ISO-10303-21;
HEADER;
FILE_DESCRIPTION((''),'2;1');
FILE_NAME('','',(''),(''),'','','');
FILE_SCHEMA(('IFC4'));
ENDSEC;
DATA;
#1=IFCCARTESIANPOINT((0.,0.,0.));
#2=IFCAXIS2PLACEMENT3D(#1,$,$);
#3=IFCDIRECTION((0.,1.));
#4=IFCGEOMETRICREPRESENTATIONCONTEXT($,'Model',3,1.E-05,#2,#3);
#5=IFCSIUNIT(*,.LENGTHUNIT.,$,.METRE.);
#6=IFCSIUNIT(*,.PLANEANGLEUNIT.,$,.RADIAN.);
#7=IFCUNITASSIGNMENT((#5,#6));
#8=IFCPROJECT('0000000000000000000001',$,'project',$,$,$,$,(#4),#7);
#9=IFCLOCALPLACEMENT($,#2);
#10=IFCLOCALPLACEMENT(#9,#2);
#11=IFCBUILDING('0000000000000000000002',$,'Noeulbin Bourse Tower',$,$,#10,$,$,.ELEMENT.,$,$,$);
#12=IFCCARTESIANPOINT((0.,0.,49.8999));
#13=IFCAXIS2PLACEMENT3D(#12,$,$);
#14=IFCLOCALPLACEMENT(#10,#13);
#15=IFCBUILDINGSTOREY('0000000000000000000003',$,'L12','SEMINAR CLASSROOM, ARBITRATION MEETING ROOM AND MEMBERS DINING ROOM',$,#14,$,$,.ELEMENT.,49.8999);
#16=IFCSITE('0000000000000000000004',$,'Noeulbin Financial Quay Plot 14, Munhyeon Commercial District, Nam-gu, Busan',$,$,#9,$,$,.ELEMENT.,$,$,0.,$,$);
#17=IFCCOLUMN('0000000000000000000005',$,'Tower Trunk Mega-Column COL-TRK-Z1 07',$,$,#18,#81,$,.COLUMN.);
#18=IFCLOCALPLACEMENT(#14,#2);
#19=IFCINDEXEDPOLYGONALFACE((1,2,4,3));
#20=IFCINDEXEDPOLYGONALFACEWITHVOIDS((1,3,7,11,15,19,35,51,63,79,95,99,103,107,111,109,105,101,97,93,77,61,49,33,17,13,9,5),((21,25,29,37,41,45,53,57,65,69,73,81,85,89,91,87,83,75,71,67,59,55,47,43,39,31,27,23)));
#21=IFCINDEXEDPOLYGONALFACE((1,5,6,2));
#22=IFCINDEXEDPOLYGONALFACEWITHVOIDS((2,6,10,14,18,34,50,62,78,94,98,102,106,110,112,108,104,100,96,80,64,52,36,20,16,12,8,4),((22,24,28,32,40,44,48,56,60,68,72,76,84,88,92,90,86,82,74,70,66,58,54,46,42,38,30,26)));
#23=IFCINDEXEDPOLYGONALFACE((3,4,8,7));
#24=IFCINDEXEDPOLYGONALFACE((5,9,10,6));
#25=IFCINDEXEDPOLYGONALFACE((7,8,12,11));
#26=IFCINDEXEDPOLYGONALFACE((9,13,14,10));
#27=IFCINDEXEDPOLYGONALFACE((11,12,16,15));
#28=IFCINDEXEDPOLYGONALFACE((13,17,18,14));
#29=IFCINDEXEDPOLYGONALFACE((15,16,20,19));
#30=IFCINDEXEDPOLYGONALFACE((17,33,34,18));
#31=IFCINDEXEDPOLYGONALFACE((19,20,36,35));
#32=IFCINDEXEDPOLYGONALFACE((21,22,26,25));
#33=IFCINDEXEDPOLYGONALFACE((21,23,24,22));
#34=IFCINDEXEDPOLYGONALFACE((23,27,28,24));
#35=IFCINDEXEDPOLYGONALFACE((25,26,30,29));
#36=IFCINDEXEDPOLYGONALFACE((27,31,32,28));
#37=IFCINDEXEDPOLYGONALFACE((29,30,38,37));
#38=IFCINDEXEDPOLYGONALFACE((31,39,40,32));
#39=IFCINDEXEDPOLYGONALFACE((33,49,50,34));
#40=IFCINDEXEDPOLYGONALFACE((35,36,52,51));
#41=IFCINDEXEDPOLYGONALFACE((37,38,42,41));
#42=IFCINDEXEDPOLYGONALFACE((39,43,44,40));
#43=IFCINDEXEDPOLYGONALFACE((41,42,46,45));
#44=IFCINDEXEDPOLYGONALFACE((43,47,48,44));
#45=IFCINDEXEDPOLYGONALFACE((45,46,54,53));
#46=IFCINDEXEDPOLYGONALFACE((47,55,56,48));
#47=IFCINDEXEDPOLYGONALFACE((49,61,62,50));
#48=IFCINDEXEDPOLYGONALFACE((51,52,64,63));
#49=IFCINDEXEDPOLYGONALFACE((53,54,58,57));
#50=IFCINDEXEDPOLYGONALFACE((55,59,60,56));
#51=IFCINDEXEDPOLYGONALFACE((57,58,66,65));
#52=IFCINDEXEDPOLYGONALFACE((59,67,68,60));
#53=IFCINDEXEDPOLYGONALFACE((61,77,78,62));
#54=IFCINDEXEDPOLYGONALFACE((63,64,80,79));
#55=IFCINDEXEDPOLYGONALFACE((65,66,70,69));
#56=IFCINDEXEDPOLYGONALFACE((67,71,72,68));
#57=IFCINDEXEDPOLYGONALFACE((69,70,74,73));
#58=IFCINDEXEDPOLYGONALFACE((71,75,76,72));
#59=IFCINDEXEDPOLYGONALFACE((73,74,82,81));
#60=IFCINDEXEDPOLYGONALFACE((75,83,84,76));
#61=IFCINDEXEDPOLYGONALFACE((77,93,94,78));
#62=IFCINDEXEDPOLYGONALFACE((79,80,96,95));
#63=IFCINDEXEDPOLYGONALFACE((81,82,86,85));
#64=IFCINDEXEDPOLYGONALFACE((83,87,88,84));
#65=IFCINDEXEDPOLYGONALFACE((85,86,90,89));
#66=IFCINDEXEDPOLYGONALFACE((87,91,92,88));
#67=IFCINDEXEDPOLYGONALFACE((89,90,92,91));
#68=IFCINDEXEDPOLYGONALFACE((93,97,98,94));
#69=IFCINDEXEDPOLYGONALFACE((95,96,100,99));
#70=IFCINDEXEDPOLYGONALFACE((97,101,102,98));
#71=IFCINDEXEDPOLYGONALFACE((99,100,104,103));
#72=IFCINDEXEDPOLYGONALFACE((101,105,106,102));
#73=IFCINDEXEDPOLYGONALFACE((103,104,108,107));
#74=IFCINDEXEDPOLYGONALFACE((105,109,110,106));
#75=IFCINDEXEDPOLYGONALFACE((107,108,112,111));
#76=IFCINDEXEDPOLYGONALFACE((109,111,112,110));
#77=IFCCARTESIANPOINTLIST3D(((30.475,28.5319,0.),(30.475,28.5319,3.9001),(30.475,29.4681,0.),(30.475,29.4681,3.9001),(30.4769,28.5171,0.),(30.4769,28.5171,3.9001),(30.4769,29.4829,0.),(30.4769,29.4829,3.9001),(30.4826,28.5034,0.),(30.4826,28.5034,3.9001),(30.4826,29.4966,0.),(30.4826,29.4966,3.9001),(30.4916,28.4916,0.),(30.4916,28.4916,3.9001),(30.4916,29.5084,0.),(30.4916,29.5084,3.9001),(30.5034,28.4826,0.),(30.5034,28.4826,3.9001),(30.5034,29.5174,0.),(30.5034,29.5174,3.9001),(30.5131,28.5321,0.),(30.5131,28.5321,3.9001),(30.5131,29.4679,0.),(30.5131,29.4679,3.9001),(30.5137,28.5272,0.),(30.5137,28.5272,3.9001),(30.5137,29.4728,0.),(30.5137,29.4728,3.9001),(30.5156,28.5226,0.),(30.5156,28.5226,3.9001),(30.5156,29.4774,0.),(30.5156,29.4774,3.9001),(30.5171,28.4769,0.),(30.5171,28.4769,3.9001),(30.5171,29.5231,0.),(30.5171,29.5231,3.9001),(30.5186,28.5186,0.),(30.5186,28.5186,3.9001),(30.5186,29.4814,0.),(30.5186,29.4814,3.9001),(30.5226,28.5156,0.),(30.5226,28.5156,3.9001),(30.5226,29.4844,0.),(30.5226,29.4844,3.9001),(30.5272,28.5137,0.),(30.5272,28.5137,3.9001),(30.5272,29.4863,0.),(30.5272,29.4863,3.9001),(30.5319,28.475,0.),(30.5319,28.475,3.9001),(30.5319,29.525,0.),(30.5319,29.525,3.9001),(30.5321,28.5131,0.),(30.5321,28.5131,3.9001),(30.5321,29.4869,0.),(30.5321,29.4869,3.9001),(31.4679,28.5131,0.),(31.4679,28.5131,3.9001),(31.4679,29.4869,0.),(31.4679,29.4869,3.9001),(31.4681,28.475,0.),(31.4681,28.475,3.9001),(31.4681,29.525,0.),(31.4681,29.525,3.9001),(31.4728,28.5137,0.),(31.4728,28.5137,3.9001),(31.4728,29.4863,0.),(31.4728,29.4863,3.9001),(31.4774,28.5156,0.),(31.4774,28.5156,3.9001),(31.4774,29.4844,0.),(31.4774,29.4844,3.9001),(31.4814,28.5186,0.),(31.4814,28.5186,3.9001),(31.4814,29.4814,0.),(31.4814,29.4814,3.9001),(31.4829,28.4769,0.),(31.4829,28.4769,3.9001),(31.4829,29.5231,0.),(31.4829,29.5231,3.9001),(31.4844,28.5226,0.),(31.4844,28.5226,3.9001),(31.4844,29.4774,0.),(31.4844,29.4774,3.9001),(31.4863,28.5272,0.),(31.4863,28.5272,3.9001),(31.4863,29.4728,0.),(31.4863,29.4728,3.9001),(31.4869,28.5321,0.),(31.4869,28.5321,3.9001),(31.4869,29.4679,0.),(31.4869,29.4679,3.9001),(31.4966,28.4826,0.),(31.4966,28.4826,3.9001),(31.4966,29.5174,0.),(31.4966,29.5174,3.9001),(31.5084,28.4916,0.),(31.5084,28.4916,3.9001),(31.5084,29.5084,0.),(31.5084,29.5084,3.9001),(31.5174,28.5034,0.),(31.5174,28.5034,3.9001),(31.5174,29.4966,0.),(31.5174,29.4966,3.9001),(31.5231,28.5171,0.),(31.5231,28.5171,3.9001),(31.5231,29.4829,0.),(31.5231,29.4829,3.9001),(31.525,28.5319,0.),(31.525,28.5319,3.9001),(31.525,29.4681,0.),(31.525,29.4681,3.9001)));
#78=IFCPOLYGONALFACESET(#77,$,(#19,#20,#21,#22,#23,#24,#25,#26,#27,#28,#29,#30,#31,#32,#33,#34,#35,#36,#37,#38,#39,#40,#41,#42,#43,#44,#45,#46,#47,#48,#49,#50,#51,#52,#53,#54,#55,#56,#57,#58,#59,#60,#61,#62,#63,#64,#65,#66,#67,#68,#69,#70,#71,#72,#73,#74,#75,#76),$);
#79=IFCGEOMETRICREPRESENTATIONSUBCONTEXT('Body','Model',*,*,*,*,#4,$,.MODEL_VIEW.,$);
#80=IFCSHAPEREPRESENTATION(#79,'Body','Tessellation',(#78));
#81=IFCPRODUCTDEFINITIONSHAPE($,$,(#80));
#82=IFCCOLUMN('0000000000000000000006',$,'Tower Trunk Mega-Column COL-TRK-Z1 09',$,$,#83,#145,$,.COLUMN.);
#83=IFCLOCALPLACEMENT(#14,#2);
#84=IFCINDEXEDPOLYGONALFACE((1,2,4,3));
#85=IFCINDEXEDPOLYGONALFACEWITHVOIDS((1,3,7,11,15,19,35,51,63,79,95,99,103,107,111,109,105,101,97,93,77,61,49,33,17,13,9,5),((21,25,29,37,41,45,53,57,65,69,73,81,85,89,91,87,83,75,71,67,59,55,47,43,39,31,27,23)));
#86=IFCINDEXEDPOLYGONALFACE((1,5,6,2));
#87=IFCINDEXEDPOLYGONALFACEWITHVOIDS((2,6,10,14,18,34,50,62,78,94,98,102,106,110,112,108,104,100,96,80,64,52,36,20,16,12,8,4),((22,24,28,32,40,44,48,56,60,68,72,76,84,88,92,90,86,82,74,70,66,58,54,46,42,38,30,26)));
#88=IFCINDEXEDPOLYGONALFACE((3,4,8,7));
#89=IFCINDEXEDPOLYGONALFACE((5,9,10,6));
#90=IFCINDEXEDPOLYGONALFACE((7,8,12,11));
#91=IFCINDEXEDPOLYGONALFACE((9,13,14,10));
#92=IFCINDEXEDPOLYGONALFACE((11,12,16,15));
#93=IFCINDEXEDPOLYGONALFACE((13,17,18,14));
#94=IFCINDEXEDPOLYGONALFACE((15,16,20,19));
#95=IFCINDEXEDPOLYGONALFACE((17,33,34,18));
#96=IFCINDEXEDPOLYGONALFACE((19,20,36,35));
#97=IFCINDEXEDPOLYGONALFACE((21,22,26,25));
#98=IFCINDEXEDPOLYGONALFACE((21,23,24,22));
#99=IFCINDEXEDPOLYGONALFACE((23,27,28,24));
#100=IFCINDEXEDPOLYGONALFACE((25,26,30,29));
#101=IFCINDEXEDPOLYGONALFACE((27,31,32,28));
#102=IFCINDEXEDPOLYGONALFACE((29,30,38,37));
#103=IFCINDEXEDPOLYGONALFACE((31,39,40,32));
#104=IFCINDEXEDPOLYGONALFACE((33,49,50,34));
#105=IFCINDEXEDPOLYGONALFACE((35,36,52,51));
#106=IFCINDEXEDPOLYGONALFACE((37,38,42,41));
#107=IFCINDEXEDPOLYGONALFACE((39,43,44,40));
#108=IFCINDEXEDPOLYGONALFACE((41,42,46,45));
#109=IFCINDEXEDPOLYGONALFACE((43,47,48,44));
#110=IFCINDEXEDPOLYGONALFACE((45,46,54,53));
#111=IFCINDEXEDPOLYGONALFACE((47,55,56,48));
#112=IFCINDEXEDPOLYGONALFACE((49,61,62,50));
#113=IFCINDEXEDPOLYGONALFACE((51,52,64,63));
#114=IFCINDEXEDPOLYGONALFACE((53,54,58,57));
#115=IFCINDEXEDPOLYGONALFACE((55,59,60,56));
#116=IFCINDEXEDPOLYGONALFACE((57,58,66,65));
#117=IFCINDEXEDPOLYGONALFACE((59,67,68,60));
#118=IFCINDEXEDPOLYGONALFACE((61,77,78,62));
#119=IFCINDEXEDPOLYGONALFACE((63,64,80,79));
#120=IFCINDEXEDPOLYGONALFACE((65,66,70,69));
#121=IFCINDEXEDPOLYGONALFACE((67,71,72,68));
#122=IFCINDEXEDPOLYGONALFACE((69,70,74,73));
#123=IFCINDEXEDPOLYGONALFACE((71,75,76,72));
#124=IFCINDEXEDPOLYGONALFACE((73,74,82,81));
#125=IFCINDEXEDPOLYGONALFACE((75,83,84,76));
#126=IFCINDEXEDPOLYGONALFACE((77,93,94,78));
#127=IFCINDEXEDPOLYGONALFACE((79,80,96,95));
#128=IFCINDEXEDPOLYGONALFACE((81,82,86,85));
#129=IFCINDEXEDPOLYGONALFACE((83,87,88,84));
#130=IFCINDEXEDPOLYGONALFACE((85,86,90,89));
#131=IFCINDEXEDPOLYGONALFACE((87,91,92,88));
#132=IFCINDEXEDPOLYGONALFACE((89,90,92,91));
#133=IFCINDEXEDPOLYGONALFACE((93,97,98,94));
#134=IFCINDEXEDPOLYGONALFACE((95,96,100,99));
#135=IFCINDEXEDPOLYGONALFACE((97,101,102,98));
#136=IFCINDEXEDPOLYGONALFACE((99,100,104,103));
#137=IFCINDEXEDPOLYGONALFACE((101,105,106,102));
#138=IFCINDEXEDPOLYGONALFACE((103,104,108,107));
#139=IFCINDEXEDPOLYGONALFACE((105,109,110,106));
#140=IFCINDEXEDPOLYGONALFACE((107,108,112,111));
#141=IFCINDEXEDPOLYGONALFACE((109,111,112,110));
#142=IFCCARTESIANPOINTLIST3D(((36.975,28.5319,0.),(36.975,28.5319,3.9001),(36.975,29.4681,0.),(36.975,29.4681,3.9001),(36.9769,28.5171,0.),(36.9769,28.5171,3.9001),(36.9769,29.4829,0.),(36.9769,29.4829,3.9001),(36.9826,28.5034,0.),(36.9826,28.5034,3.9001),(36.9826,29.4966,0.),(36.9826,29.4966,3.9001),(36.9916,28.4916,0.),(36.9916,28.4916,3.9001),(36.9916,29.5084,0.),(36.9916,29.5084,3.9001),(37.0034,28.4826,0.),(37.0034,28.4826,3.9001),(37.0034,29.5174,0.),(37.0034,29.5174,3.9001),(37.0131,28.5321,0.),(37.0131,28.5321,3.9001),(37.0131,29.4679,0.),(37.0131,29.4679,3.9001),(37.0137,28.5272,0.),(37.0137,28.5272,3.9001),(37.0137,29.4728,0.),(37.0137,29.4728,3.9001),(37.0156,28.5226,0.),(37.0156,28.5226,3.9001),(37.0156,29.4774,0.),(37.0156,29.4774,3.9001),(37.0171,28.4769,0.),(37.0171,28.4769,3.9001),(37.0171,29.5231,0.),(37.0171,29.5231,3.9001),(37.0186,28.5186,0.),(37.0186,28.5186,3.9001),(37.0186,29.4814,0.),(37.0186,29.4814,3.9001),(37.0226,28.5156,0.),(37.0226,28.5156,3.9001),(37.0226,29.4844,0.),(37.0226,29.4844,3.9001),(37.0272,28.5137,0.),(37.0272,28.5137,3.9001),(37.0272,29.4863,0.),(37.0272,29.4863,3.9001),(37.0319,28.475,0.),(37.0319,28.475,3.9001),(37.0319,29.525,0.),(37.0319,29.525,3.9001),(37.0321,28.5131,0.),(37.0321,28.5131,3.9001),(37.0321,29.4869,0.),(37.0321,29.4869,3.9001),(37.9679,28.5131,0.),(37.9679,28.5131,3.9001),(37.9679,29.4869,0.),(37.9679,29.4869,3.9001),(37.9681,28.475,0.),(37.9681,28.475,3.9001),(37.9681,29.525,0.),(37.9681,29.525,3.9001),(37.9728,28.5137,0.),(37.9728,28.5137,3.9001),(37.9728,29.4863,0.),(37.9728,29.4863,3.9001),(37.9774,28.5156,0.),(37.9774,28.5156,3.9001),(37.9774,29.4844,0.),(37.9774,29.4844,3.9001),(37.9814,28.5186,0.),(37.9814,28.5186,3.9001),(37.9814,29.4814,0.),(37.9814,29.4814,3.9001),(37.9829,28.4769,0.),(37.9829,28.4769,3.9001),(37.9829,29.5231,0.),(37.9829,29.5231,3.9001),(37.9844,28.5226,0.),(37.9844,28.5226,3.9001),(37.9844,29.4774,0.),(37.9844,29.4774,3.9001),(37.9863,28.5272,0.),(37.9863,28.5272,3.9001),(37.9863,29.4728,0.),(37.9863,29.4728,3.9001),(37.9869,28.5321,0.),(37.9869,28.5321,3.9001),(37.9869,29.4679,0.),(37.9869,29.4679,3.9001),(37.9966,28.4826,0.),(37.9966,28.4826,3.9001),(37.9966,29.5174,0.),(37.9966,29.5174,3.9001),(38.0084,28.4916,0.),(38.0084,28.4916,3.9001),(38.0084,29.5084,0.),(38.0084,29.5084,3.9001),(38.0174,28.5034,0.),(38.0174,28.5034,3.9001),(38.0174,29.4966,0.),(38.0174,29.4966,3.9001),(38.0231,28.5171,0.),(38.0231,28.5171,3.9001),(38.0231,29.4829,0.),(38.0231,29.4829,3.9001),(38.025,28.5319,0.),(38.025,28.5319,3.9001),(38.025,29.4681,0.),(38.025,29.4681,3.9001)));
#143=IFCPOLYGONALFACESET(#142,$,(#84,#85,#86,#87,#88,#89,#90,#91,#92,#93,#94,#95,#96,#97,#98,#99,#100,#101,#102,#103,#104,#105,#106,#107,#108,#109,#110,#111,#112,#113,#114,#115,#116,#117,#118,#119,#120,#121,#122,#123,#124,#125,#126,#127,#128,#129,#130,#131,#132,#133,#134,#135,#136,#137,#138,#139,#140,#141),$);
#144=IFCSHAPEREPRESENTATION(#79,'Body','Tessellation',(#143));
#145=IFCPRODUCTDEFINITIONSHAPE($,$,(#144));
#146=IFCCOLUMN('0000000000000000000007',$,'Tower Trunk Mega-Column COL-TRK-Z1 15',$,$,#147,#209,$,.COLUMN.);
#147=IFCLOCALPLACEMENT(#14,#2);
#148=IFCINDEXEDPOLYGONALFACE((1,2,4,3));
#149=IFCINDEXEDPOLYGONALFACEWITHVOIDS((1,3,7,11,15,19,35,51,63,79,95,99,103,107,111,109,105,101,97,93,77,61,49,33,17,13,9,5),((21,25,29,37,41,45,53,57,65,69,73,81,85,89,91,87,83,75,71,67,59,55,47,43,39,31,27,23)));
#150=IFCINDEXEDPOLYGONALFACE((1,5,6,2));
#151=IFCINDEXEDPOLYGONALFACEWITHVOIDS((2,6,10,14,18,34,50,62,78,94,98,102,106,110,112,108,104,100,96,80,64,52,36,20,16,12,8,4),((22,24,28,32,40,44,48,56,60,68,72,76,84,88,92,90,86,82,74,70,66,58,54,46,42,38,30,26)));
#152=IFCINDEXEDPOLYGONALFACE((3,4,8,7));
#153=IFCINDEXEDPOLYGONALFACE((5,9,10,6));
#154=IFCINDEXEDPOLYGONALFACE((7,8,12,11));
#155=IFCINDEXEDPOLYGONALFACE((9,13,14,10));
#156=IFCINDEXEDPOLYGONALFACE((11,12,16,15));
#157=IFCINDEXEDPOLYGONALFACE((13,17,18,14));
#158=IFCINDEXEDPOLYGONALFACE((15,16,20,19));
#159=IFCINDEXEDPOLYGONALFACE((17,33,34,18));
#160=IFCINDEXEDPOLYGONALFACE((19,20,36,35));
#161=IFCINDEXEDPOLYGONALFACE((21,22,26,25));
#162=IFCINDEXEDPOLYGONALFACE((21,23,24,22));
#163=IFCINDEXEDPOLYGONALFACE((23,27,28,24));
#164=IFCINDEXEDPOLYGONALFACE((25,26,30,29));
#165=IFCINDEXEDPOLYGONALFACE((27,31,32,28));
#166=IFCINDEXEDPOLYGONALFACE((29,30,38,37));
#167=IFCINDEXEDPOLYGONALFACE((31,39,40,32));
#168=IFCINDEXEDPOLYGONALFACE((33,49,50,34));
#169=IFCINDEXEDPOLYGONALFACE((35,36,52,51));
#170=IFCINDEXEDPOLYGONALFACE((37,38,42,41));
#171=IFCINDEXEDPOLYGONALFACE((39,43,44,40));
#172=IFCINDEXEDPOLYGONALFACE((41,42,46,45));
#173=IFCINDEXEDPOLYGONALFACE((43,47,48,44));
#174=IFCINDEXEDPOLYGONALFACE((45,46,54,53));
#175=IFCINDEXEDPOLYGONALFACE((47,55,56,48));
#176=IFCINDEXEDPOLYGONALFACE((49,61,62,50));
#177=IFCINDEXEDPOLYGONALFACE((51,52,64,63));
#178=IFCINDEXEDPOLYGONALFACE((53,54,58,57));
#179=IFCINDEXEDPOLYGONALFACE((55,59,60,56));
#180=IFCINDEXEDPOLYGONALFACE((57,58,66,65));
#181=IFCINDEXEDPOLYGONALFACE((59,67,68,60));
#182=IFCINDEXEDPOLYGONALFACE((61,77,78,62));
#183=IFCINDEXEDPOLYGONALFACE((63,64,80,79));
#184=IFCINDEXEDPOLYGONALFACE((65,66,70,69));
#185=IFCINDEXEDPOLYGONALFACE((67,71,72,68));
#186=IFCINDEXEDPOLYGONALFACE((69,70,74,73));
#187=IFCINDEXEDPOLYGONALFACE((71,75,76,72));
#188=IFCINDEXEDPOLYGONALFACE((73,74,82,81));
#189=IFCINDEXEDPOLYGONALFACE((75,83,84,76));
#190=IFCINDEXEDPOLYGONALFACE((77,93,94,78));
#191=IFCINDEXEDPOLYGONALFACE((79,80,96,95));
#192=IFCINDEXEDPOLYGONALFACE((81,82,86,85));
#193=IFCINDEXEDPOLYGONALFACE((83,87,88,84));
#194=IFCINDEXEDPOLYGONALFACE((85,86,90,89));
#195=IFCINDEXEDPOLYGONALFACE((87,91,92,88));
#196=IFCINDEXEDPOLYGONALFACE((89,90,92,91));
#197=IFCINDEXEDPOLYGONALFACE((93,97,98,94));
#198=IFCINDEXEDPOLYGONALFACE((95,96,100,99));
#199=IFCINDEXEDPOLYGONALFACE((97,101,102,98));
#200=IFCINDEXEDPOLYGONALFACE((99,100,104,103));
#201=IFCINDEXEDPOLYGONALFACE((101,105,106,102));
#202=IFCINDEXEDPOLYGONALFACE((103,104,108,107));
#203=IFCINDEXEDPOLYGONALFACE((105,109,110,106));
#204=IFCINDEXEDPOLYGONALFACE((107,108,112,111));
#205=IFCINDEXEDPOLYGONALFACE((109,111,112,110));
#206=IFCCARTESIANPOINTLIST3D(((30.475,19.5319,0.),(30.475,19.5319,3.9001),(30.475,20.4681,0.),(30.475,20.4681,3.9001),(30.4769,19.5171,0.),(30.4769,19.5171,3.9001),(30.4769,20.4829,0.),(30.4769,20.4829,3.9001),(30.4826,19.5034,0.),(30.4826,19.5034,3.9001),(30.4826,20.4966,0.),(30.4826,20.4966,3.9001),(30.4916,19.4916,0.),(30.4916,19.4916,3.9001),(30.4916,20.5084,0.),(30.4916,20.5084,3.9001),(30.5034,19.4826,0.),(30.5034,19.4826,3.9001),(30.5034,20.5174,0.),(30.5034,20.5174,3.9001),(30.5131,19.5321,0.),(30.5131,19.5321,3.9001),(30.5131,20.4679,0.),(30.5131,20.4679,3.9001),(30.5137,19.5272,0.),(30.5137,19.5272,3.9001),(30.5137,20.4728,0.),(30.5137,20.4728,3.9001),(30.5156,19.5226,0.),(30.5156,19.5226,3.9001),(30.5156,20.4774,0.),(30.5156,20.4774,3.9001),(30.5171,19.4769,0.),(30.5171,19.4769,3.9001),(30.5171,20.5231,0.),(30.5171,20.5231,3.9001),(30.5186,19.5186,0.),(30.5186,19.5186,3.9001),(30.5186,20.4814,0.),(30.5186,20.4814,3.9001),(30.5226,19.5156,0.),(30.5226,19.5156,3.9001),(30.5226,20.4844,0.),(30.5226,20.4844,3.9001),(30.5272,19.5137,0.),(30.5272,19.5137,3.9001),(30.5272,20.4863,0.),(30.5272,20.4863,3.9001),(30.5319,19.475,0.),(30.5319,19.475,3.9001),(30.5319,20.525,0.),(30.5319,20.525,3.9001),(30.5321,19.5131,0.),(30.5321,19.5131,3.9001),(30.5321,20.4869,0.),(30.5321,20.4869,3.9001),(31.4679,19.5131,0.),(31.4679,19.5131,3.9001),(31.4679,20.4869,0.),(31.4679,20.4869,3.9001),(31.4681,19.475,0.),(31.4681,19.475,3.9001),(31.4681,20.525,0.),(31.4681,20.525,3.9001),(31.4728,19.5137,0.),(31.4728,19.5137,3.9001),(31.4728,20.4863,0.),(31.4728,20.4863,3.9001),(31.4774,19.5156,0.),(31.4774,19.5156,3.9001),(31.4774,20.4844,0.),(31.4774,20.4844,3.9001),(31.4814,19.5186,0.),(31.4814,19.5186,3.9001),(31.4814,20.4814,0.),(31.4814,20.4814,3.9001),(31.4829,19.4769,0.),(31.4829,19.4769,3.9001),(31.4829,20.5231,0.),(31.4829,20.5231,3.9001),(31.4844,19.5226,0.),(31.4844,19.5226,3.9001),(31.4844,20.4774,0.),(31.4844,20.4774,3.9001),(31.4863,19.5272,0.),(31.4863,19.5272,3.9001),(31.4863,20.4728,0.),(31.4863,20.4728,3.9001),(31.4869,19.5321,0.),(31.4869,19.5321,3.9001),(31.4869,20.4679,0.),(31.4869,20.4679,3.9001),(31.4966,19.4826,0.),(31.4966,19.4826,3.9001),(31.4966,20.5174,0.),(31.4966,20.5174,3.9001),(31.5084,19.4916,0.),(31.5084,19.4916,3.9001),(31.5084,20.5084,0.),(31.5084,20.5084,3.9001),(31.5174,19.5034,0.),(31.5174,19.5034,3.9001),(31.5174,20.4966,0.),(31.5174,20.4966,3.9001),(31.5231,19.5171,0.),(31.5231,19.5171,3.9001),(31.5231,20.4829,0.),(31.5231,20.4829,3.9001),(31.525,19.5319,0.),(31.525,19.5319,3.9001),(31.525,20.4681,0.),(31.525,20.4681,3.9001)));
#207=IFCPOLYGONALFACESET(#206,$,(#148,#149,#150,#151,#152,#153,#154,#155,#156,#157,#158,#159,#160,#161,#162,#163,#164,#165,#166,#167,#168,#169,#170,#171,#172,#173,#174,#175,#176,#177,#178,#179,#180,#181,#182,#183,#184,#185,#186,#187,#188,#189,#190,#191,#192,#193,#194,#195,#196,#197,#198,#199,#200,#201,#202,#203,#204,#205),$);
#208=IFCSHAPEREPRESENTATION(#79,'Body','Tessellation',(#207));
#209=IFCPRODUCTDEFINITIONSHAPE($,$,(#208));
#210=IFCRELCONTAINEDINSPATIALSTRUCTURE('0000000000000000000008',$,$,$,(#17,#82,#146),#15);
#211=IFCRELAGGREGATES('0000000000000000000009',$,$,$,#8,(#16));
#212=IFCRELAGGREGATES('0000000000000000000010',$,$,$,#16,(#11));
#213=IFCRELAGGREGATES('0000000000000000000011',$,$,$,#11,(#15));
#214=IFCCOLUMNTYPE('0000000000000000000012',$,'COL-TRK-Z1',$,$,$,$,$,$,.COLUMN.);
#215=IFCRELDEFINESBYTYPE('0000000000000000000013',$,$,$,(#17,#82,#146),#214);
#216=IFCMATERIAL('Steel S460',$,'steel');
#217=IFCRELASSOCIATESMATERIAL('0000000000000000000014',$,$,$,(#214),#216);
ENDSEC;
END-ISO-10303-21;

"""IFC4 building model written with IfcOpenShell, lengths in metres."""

from ifc_helpers import new_model, si_unit, direction, frame, origin, origin_2d, place, context, subcontext, project, spatial, hollow_rectangle, extrude, material, material_profile, profile_set, type_object, element, save


model = new_model("IFC4")

# Units and contexts
model_context = context("Model", 3, precision=1e-05, world=origin(), true_north=direction((0.0, 1.0)))
body_context = subcontext(model_context, "Body", "Model", "MODEL_VIEW")
ifc_project = project(units=[si_unit("LENGTHUNIT", "METRE"), si_unit("PLANEANGLEUNIT", "RADIAN")], contexts=[model_context])

# Site, building, storey
site_placement = place(None, origin())
site = spatial("IfcSite", under=ifc_project, at=site_placement, Name="Noeulbin Financial Quay Plot 14, Munhyeon Commercial District, Nam-gu, Busan", CompositionType="ELEMENT", RefElevation=0.0)
building_placement = place(site_placement, origin())
building = spatial("IfcBuilding", under=site, at=building_placement, Name="Noeulbin Bourse Tower", CompositionType="ELEMENT")
storey_placement = place(building_placement, frame((0.0, 0.0, 49.8999)))
storey = spatial("IfcBuildingStorey", under=building, at=storey_placement, Name="L12", Description="SEMINAR CLASSROOM, ARBITRATION MEETING ROOM AND MEMBERS DINING ROOM", CompositionType="ELEMENT", Elevation=49.8999)

# Columns
ifc_material_1 = material(Name="Steel S460", Category="steel")
ifc_material_profile_1 = material_profile(ifc_material_1, hollow_rectangle(XDim=1.05, YDim=1.05, WallThickness=0.0381, InnerFilletRadius=0.019, OuterFilletRadius=0.0569, at=origin_2d()), Name="BOX-1050x1050x38", Category="LoadBearing")
ifc_profile_set_1 = profile_set([ifc_material_profile_1], Name="Steel S460")
column_type = type_object("IfcColumnType", Name="COL-TRK-Z1", PredefinedType="COLUMN", material=ifc_profile_set_1)
for number, where, z_axis, x_axis, name in (
    (1, (31.0, 29.0, 0.0), (0.0, 0.0, 1.0), (1.0, 0.0, 0.0), "Tower Trunk Mega-Column COL-TRK-Z1 07"),
    (2, (37.5, 29.0, 0.0), (0.0, 0.0, 1.0), (1.0, 0.0, 0.0), "Tower Trunk Mega-Column COL-TRK-Z1 09"),
    (3, (31.0, 20.0, 0.0), (0.0, 0.0, 1.0), (1.0, 0.0, 0.0), "Tower Trunk Mega-Column COL-TRK-Z1 15"),
):
    element("IfcColumn", number, at=place(storey_placement, frame(where, z_axis=z_axis, x_axis=x_axis)), inside=storey, type_object=column_type, Name=name, PredefinedType="COLUMN", context=body_context, shape_type="SweptSolid", body=[
        extrude(hollow_rectangle(XDim=1.05, YDim=1.05, WallThickness=0.0381, InnerFilletRadius=0.019, OuterFilletRadius=0.0569, at=origin_2d()), origin(), (0.0, 0.0, 1.0), 3.9001),
    ])

save(model, "model.ifc")
